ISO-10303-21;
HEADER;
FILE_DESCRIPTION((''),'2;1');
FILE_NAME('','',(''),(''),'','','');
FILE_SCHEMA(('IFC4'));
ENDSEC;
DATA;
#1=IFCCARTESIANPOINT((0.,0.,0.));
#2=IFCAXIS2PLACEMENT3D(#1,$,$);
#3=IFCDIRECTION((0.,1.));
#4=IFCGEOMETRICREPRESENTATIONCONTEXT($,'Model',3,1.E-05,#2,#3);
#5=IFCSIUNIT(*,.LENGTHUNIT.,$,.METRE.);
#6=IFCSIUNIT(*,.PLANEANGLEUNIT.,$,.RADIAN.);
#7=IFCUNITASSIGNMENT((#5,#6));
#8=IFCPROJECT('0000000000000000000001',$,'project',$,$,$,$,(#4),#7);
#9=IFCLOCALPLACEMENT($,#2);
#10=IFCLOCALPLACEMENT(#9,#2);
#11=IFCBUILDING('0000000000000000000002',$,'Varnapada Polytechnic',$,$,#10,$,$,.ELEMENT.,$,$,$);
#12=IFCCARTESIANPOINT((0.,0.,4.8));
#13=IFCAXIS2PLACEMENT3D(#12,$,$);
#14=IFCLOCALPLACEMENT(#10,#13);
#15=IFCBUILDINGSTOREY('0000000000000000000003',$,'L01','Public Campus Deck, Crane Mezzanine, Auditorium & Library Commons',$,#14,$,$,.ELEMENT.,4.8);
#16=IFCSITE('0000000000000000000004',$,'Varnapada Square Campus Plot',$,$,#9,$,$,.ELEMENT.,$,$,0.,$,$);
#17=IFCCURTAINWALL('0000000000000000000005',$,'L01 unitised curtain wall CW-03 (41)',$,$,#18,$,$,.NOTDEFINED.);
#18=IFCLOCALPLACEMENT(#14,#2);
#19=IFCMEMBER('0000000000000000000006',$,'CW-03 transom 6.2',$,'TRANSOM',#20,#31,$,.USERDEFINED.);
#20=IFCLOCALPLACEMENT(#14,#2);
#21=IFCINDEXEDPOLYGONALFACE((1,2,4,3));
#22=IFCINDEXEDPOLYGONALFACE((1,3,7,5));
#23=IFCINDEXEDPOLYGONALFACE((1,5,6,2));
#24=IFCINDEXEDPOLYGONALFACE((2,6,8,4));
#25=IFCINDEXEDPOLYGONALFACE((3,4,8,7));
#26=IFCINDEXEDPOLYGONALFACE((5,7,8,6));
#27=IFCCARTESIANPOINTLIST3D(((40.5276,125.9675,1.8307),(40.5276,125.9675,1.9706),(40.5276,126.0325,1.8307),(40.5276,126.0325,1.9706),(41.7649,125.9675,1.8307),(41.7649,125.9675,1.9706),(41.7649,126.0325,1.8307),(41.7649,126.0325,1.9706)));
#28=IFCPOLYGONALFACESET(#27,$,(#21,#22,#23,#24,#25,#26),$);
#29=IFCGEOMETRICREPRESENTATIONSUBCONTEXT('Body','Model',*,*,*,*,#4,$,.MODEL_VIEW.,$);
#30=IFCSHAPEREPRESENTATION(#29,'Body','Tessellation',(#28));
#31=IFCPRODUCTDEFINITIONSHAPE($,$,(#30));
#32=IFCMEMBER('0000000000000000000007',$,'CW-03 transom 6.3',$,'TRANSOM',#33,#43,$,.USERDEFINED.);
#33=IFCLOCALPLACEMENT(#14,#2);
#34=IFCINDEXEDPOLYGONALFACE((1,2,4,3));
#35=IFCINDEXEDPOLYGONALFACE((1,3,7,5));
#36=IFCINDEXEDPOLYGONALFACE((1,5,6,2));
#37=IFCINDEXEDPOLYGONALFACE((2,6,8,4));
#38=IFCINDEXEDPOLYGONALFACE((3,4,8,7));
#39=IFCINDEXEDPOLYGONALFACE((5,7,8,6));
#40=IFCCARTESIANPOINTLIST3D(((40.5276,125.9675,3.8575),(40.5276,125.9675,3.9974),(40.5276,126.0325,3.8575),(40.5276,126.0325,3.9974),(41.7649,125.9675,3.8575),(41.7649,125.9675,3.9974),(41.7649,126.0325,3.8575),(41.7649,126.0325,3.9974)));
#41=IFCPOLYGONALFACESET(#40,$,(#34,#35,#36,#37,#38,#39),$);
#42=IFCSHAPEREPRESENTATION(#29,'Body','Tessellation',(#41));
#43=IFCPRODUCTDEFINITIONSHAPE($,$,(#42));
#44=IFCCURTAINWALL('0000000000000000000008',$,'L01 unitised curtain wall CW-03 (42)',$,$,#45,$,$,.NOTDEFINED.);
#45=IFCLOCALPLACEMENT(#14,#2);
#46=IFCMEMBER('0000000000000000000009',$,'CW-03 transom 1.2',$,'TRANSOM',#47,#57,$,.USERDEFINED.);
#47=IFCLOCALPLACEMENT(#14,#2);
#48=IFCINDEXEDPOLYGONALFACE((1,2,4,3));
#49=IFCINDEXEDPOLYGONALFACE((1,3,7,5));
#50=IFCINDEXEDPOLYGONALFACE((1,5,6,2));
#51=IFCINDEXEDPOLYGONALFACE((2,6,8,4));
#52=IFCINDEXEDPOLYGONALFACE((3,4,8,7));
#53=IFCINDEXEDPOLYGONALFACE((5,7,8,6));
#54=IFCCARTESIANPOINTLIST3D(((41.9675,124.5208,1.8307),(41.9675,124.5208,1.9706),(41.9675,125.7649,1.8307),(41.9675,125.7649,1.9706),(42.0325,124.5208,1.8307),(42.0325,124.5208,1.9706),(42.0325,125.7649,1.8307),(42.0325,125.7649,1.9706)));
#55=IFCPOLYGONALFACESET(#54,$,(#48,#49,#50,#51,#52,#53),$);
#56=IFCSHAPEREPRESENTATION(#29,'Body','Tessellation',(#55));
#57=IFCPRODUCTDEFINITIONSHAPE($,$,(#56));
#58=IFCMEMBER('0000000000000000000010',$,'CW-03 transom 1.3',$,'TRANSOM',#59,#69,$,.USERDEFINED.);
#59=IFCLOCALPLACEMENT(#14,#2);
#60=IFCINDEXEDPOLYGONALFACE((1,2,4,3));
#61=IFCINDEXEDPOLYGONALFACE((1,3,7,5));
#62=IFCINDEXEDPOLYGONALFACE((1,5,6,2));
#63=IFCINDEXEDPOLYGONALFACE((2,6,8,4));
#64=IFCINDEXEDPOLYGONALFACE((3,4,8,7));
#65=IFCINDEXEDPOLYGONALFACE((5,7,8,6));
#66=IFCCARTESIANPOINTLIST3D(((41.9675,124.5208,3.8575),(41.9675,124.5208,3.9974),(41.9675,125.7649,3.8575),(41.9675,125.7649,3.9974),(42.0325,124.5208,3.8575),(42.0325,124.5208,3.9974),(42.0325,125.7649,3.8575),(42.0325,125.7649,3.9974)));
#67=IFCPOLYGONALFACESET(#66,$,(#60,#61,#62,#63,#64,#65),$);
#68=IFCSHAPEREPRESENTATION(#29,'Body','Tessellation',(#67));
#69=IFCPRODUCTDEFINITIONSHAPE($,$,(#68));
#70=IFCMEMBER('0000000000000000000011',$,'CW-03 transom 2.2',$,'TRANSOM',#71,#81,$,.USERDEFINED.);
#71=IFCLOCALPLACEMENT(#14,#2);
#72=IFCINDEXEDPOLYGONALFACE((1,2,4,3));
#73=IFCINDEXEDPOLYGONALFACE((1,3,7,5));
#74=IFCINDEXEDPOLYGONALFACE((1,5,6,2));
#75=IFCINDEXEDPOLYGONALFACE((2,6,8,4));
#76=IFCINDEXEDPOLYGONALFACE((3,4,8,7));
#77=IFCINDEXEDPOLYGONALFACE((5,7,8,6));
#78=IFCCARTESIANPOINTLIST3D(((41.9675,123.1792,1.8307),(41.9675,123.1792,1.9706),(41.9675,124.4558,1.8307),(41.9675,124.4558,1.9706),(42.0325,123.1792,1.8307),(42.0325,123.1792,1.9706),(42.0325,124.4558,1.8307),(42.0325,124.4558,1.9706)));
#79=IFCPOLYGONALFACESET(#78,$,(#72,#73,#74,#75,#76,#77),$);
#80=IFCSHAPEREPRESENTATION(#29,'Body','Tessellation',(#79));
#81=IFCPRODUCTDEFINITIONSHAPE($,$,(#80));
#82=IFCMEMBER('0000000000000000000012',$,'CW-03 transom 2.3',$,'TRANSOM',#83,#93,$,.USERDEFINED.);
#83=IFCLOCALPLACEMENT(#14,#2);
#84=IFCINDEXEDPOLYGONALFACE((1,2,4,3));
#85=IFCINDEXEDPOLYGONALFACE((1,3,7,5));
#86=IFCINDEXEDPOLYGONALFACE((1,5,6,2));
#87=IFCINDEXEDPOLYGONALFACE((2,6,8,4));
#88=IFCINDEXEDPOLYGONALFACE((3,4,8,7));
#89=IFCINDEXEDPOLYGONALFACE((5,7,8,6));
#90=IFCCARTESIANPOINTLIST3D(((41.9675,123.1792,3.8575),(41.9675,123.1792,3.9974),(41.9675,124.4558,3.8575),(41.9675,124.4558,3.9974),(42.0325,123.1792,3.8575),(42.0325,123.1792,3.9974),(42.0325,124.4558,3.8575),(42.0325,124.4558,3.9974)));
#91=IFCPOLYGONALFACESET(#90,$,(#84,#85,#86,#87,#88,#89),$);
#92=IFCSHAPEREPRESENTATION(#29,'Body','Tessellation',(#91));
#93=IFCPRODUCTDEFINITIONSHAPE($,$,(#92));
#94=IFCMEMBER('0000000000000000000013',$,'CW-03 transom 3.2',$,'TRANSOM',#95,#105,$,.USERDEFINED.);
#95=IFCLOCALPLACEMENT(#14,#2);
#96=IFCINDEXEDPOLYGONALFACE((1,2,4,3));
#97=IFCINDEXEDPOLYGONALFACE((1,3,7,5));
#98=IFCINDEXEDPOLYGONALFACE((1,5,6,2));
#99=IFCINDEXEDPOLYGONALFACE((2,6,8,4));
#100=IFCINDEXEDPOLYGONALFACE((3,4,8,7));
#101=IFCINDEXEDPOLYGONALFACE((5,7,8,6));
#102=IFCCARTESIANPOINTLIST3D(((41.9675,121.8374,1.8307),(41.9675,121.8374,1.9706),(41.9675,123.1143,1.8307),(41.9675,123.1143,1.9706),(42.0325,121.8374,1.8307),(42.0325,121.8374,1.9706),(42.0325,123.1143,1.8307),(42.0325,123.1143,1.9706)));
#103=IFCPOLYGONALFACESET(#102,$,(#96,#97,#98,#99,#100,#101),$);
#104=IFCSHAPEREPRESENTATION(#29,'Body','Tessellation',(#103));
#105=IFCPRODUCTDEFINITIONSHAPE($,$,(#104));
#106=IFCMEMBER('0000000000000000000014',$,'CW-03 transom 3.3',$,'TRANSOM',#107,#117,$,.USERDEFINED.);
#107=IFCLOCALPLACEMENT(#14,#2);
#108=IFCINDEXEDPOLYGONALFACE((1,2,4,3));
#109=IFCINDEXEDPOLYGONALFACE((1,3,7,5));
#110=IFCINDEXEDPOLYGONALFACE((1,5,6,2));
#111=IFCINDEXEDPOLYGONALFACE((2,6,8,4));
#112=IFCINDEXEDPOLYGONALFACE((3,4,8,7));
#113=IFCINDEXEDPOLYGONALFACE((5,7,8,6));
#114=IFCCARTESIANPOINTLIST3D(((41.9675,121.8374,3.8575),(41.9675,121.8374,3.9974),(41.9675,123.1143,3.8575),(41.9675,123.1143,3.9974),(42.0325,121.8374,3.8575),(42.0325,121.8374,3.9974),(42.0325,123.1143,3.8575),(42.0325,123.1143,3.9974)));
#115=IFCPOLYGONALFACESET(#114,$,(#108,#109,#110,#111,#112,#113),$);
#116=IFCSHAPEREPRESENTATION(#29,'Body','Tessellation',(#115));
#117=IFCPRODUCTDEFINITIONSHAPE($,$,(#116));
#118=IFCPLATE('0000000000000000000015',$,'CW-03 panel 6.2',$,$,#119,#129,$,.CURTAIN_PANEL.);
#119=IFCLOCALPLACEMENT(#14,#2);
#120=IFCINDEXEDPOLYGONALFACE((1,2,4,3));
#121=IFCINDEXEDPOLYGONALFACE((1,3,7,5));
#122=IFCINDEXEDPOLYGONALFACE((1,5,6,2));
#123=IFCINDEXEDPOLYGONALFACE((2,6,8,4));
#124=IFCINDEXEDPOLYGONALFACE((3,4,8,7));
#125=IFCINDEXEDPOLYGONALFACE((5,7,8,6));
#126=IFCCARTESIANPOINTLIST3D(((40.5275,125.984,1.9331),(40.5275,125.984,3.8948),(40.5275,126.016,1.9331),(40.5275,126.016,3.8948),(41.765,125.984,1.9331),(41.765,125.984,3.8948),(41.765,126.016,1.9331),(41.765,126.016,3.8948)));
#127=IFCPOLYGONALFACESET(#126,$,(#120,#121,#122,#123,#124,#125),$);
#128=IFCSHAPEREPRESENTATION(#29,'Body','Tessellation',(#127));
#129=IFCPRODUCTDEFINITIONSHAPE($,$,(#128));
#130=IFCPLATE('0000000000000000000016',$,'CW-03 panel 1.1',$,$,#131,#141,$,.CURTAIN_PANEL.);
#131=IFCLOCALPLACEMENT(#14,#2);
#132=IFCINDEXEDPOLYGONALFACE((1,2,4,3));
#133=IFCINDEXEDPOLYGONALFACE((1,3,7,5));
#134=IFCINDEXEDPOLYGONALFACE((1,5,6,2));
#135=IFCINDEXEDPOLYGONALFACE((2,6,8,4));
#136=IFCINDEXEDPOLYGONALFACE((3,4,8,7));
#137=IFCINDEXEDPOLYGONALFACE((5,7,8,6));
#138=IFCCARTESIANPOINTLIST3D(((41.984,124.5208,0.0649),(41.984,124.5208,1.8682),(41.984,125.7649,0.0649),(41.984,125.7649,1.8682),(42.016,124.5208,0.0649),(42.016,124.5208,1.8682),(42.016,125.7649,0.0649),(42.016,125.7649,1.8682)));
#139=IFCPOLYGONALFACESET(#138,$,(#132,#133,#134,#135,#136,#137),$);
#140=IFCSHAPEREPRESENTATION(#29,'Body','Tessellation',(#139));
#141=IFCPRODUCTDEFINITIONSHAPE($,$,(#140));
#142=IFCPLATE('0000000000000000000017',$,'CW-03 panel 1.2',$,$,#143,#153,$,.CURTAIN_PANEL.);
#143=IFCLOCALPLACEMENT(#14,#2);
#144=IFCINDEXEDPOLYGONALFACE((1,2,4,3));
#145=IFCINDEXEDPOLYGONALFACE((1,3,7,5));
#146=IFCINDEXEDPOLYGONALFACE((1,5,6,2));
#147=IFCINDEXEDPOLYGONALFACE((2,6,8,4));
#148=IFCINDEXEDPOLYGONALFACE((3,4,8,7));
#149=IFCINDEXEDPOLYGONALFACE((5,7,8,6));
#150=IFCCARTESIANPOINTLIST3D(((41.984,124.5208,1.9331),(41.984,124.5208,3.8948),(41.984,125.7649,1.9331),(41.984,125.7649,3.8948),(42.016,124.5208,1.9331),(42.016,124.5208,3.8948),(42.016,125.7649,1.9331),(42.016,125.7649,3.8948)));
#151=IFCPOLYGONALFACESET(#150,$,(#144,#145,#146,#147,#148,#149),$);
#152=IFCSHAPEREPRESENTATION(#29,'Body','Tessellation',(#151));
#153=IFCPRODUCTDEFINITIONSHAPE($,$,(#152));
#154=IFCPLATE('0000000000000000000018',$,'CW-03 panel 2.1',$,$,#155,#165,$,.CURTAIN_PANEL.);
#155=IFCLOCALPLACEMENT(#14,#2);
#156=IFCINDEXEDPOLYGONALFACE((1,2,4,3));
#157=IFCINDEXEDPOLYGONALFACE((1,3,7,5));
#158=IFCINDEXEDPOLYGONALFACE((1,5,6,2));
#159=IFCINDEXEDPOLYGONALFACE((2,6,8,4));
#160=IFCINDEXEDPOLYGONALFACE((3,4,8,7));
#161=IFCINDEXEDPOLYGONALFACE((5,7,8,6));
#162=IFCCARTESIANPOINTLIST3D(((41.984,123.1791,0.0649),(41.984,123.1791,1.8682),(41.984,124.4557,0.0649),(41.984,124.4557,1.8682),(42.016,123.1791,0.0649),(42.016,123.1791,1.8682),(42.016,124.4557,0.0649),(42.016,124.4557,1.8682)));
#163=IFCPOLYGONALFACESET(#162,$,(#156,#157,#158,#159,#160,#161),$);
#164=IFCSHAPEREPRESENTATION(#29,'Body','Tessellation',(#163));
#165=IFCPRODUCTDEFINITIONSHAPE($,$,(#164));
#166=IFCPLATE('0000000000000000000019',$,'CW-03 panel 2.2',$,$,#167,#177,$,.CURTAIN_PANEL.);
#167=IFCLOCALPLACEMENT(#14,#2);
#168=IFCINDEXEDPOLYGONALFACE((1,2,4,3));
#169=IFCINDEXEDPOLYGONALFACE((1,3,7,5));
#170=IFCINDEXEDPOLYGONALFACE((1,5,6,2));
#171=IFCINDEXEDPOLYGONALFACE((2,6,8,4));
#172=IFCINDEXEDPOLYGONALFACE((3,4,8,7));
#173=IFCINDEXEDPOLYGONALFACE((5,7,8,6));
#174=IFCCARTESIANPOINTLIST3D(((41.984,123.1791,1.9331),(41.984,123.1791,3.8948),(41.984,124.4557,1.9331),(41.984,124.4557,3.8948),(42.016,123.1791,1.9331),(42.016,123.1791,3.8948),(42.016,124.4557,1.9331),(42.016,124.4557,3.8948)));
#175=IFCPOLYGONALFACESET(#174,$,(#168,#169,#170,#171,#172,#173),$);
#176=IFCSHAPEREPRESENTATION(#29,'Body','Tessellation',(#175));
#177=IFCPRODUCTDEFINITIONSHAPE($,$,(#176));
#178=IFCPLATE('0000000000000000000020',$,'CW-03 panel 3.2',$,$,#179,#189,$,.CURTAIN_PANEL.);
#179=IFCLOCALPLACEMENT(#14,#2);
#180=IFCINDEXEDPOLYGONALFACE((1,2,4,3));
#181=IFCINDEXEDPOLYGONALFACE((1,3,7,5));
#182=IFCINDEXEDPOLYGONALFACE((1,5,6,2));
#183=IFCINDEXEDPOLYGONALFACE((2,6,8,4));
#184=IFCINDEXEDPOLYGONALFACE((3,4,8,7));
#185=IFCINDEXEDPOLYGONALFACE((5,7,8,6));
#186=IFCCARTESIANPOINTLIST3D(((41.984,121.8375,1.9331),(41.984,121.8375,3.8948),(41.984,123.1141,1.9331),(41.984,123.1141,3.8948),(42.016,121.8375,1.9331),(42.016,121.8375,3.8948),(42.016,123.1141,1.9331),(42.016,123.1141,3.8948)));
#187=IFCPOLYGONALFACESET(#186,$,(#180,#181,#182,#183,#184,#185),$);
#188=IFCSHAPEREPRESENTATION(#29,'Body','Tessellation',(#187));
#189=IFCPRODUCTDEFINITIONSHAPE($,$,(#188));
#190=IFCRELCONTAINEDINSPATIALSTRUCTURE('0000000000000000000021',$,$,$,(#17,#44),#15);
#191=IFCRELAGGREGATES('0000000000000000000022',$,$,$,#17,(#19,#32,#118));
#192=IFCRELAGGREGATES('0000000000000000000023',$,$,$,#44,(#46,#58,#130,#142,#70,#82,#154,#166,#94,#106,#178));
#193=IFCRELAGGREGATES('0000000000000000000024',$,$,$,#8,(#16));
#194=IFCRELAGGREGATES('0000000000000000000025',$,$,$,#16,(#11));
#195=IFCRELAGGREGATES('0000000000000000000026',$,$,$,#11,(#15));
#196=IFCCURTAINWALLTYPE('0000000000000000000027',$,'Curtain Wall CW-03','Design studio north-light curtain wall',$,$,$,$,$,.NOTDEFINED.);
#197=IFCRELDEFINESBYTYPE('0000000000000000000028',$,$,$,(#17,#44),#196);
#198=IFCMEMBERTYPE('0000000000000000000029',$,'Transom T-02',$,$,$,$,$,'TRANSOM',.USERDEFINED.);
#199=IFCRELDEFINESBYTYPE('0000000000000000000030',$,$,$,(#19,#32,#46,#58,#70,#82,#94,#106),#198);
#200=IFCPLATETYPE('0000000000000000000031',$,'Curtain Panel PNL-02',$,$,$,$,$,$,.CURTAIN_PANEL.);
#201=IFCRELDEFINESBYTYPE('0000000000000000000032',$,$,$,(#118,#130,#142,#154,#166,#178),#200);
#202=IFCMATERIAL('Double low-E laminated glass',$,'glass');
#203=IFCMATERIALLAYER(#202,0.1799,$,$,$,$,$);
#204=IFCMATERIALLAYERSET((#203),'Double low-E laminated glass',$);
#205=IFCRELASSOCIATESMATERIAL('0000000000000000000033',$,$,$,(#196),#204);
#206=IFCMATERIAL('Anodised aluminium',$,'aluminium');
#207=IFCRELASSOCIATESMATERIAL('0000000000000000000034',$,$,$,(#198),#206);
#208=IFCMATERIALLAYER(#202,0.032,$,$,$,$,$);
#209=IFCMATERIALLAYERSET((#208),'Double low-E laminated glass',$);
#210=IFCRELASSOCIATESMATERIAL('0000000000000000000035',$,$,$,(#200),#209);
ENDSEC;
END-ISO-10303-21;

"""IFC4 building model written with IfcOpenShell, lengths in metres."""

from ifc_helpers import new_model, si_unit, direction, frame, origin, origin_2d, place, context, subcontext, project, spatial, rectangle, extrude, material, layer, layer_set, material_profile, profile_set, type_object, element, aggregate, save


model = new_model("IFC4")

# Units and contexts
model_context = context("Model", 3, precision=1e-05, world=origin(), true_north=direction((0.0, 1.0)))
body_context = subcontext(model_context, "Body", "Model", "MODEL_VIEW")
ifc_project = project(units=[si_unit("LENGTHUNIT", "METRE"), si_unit("PLANEANGLEUNIT", "RADIAN")], contexts=[model_context])

# Site, building, storey
site_placement = place(None, origin())
site = spatial("IfcSite", under=ifc_project, at=site_placement, Name="Varnapada Square Campus Plot", CompositionType="ELEMENT", RefElevation=0.0)
building_placement = place(site_placement, origin())
building = spatial("IfcBuilding", under=site, at=building_placement, Name="Varnapada Polytechnic", CompositionType="ELEMENT")
storey_placement = place(building_placement, frame((0.0, 0.0, 4.8)))
storey = spatial("IfcBuildingStorey", under=building, at=storey_placement, Name="L01", Description="Public Campus Deck, Crane Mezzanine, Auditorium & Library Commons", CompositionType="ELEMENT", Elevation=4.8)

# Curtain walls, members
ifc_material_1 = material(Name="Double low-E laminated glass", Category="glass")
ifc_layer_1 = layer(ifc_material_1, 0.1799)
ifc_layer_set_1 = layer_set([ifc_layer_1], Name="Double low-E laminated glass")
curtain_wall_type = type_object("IfcCurtainWallType", Name="Curtain Wall CW-03", Description="Design studio north-light curtain wall", PredefinedType="NOTDEFINED", material=ifc_layer_set_1)
curtain_wall_1_placement = place(storey_placement, origin())
curtain_wall_1 = element("IfcCurtainWall", 1, at=curtain_wall_1_placement, inside=storey, type_object=curtain_wall_type, Name="L01 unitised curtain wall CW-03 (41)", PredefinedType="NOTDEFINED")
ifc_material_2 = material(Name="Anodised aluminium", Category="aluminium")
ifc_material_profile = material_profile(ifc_material_2, rectangle(XDim=0.0649, YDim=0.1399, at=origin_2d()), Name="ALU T65x140")
ifc_profile_set = profile_set([ifc_material_profile], Name="Anodised aluminium")
member_type = type_object("IfcMemberType", Name="Transom T-02", ElementType="TRANSOM", PredefinedType="USERDEFINED", material=ifc_profile_set)
member_1_placement = place(storey_placement, frame((40.5276, 126.0, 1.9006), z_axis=(1.0, 0.0, 0.0), x_axis=(0.0, 1.0, 0.0)))
member_1 = element("IfcMember", 2, at=member_1_placement, type_object=member_type, Name="CW-03 transom 6.2", ObjectType="TRANSOM", PredefinedType="USERDEFINED", context=body_context, shape_type="SweptSolid", body=[
    extrude(rectangle(XDim=0.0649, YDim=0.1399, at=origin_2d()), origin(), (0.0, 0.0, 1.0), 1.2373),
])
member_2_placement = place(storey_placement, frame((40.5276, 126.0, 3.9275), z_axis=(1.0, 0.0, 0.0), x_axis=(0.0, 1.0, 0.0)))
member_2 = element("IfcMember", 3, at=member_2_placement, type_object=member_type, Name="CW-03 transom 6.3", ObjectType="TRANSOM", PredefinedType="USERDEFINED", context=body_context, shape_type="SweptSolid", body=[
    extrude(rectangle(XDim=0.0649, YDim=0.1399, at=origin_2d()), origin(), (0.0, 0.0, 1.0), 1.2373),
])
curtain_wall_2_placement = place(storey_placement, origin())
curtain_wall_2 = element("IfcCurtainWall", 4, at=curtain_wall_2_placement, inside=storey, type_object=curtain_wall_type, Name="L01 unitised curtain wall CW-03 (42)", PredefinedType="NOTDEFINED")
member_3_placement = place(storey_placement, frame((42.0, 125.7649, 1.9006), z_axis=(0.0, -1.0, 0.0), x_axis=(1.0, 0.0, 0.0)))
member_3 = element("IfcMember", 5, at=member_3_placement, type_object=member_type, Name="CW-03 transom 1.2", ObjectType="TRANSOM", PredefinedType="USERDEFINED", context=body_context, shape_type="SweptSolid", body=[
    extrude(rectangle(XDim=0.0649, YDim=0.1399, at=origin_2d()), origin(), (0.0, 0.0, 1.0), 1.2441),
])
member_4_placement = place(storey_placement, frame((42.0, 125.7649, 3.9275), z_axis=(0.0, -1.0, 0.0), x_axis=(1.0, 0.0, 0.0)))
member_4 = element("IfcMember", 6, at=member_4_placement, type_object=member_type, Name="CW-03 transom 1.3", ObjectType="TRANSOM", PredefinedType="USERDEFINED", context=body_context, shape_type="SweptSolid", body=[
    extrude(rectangle(XDim=0.0649, YDim=0.1399, at=origin_2d()), origin(), (0.0, 0.0, 1.0), 1.2441),
])
member_5_placement = place(storey_placement, frame((42.0, 124.4558, 1.9006), z_axis=(0.0, -1.0, 0.0), x_axis=(1.0, 0.0, 0.0)))
member_5 = element("IfcMember", 7, at=member_5_placement, type_object=member_type, Name="CW-03 transom 2.2", ObjectType="TRANSOM", PredefinedType="USERDEFINED", context=body_context, shape_type="SweptSolid", body=[
    extrude(rectangle(XDim=0.0649, YDim=0.1399, at=origin_2d()), origin(), (0.0, 0.0, 1.0), 1.2766),
])
member_6_placement = place(storey_placement, frame((42.0, 124.4558, 3.9275), z_axis=(0.0, -1.0, 0.0), x_axis=(1.0, 0.0, 0.0)))
member_6 = element("IfcMember", 8, at=member_6_placement, type_object=member_type, Name="CW-03 transom 2.3", ObjectType="TRANSOM", PredefinedType="USERDEFINED", context=body_context, shape_type="SweptSolid", body=[
    extrude(rectangle(XDim=0.0649, YDim=0.1399, at=origin_2d()), origin(), (0.0, 0.0, 1.0), 1.2766),
])
member_7_placement = place(storey_placement, frame((42.0, 123.1143, 1.9006), z_axis=(0.0, -1.0, 0.0), x_axis=(1.0, 0.0, 0.0)))
member_7 = element("IfcMember", 9, at=member_7_placement, type_object=member_type, Name="CW-03 transom 3.2", ObjectType="TRANSOM", PredefinedType="USERDEFINED", context=body_context, shape_type="SweptSolid", body=[
    extrude(rectangle(XDim=0.0649, YDim=0.1399, at=origin_2d()), origin(), (0.0, 0.0, 1.0), 1.2769),
])
member_8_placement = place(storey_placement, frame((42.0, 123.1143, 3.9275), z_axis=(0.0, -1.0, 0.0), x_axis=(1.0, 0.0, 0.0)))
member_8 = element("IfcMember", 10, at=member_8_placement, type_object=member_type, Name="CW-03 transom 3.3", ObjectType="TRANSOM", PredefinedType="USERDEFINED", context=body_context, shape_type="SweptSolid", body=[
    extrude(rectangle(XDim=0.0649, YDim=0.1399, at=origin_2d()), origin(), (0.0, 0.0, 1.0), 1.2769),
])

# Plates
ifc_layer_2 = layer(ifc_material_1, 0.032)
ifc_layer_set_2 = layer_set([ifc_layer_2], Name="Double low-E laminated glass")
plate_type = type_object("IfcPlateType", Name="Curtain Panel PNL-02", PredefinedType="CURTAIN_PANEL", material=ifc_layer_set_2)
plate_1_placement = place(storey_placement, frame((41.1462, 126.0, 1.9331), z_axis=(0.0, 0.0, 1.0), x_axis=(1.0, 0.0, 0.0)))
plate_1 = element("IfcPlate", 11, at=plate_1_placement, type_object=plate_type, Name="CW-03 panel 6.2", PredefinedType="CURTAIN_PANEL", context=body_context, shape_type="SweptSolid", body=[
    extrude(rectangle(XDim=1.2375, YDim=0.032, at=origin_2d()), origin(), (0.0, 0.0, 1.0), 1.9617),
])
aggregate(curtain_wall_1, [member_1, member_2, plate_1])
plate_2_placement = place(storey_placement, frame((42.0, 125.1428, 0.0649), z_axis=(0.0, 0.0, 1.0), x_axis=(0.0, -1.0, 0.0)))
plate_2 = element("IfcPlate", 12, at=plate_2_placement, type_object=plate_type, Name="CW-03 panel 1.1", PredefinedType="CURTAIN_PANEL", context=body_context, shape_type="SweptSolid", body=[
    extrude(rectangle(XDim=1.2441, YDim=0.032, at=origin_2d()), origin(), (0.0, 0.0, 1.0), 1.8032),
])
plate_3_placement = place(storey_placement, frame((42.0, 125.1428, 1.9331), z_axis=(0.0, 0.0, 1.0), x_axis=(0.0, -1.0, 0.0)))
plate_3 = element("IfcPlate", 13, at=plate_3_placement, type_object=plate_type, Name="CW-03 panel 1.2", PredefinedType="CURTAIN_PANEL", context=body_context, shape_type="SweptSolid", body=[
    extrude(rectangle(XDim=1.2441, YDim=0.032, at=origin_2d()), origin(), (0.0, 0.0, 1.0), 1.9617),
])
plate_4_placement = place(storey_placement, frame((42.0, 123.8174, 0.0649), z_axis=(0.0, 0.0, 1.0), x_axis=(0.0, -1.0, 0.0)))
plate_4 = element("IfcPlate", 14, at=plate_4_placement, type_object=plate_type, Name="CW-03 panel 2.1", PredefinedType="CURTAIN_PANEL", context=body_context, shape_type="SweptSolid", body=[
    extrude(rectangle(XDim=1.2766, YDim=0.032, at=origin_2d()), origin(), (0.0, 0.0, 1.0), 1.8032),
])
plate_5_placement = place(storey_placement, frame((42.0, 123.8174, 1.9331), z_axis=(0.0, 0.0, 1.0), x_axis=(0.0, -1.0, 0.0)))
plate_5 = element("IfcPlate", 15, at=plate_5_placement, type_object=plate_type, Name="CW-03 panel 2.2", PredefinedType="CURTAIN_PANEL", context=body_context, shape_type="SweptSolid", body=[
    extrude(rectangle(XDim=1.2766, YDim=0.032, at=origin_2d()), origin(), (0.0, 0.0, 1.0), 1.9617),
])
plate_6_placement = place(storey_placement, frame((42.0, 122.4758, 1.9331), z_axis=(0.0, 0.0, 1.0), x_axis=(0.0, -1.0, 0.0)))
plate_6 = element("IfcPlate", 16, at=plate_6_placement, type_object=plate_type, Name="CW-03 panel 3.2", PredefinedType="CURTAIN_PANEL", context=body_context, shape_type="SweptSolid", body=[
    extrude(rectangle(XDim=1.2766, YDim=0.032, at=origin_2d()), origin(), (0.0, 0.0, 1.0), 1.9617),
])
aggregate(curtain_wall_2, [member_3, member_4, plate_2, plate_3, member_5, member_6, plate_4, plate_5, member_7, member_8, plate_6])

save(model, "model.ifc")
